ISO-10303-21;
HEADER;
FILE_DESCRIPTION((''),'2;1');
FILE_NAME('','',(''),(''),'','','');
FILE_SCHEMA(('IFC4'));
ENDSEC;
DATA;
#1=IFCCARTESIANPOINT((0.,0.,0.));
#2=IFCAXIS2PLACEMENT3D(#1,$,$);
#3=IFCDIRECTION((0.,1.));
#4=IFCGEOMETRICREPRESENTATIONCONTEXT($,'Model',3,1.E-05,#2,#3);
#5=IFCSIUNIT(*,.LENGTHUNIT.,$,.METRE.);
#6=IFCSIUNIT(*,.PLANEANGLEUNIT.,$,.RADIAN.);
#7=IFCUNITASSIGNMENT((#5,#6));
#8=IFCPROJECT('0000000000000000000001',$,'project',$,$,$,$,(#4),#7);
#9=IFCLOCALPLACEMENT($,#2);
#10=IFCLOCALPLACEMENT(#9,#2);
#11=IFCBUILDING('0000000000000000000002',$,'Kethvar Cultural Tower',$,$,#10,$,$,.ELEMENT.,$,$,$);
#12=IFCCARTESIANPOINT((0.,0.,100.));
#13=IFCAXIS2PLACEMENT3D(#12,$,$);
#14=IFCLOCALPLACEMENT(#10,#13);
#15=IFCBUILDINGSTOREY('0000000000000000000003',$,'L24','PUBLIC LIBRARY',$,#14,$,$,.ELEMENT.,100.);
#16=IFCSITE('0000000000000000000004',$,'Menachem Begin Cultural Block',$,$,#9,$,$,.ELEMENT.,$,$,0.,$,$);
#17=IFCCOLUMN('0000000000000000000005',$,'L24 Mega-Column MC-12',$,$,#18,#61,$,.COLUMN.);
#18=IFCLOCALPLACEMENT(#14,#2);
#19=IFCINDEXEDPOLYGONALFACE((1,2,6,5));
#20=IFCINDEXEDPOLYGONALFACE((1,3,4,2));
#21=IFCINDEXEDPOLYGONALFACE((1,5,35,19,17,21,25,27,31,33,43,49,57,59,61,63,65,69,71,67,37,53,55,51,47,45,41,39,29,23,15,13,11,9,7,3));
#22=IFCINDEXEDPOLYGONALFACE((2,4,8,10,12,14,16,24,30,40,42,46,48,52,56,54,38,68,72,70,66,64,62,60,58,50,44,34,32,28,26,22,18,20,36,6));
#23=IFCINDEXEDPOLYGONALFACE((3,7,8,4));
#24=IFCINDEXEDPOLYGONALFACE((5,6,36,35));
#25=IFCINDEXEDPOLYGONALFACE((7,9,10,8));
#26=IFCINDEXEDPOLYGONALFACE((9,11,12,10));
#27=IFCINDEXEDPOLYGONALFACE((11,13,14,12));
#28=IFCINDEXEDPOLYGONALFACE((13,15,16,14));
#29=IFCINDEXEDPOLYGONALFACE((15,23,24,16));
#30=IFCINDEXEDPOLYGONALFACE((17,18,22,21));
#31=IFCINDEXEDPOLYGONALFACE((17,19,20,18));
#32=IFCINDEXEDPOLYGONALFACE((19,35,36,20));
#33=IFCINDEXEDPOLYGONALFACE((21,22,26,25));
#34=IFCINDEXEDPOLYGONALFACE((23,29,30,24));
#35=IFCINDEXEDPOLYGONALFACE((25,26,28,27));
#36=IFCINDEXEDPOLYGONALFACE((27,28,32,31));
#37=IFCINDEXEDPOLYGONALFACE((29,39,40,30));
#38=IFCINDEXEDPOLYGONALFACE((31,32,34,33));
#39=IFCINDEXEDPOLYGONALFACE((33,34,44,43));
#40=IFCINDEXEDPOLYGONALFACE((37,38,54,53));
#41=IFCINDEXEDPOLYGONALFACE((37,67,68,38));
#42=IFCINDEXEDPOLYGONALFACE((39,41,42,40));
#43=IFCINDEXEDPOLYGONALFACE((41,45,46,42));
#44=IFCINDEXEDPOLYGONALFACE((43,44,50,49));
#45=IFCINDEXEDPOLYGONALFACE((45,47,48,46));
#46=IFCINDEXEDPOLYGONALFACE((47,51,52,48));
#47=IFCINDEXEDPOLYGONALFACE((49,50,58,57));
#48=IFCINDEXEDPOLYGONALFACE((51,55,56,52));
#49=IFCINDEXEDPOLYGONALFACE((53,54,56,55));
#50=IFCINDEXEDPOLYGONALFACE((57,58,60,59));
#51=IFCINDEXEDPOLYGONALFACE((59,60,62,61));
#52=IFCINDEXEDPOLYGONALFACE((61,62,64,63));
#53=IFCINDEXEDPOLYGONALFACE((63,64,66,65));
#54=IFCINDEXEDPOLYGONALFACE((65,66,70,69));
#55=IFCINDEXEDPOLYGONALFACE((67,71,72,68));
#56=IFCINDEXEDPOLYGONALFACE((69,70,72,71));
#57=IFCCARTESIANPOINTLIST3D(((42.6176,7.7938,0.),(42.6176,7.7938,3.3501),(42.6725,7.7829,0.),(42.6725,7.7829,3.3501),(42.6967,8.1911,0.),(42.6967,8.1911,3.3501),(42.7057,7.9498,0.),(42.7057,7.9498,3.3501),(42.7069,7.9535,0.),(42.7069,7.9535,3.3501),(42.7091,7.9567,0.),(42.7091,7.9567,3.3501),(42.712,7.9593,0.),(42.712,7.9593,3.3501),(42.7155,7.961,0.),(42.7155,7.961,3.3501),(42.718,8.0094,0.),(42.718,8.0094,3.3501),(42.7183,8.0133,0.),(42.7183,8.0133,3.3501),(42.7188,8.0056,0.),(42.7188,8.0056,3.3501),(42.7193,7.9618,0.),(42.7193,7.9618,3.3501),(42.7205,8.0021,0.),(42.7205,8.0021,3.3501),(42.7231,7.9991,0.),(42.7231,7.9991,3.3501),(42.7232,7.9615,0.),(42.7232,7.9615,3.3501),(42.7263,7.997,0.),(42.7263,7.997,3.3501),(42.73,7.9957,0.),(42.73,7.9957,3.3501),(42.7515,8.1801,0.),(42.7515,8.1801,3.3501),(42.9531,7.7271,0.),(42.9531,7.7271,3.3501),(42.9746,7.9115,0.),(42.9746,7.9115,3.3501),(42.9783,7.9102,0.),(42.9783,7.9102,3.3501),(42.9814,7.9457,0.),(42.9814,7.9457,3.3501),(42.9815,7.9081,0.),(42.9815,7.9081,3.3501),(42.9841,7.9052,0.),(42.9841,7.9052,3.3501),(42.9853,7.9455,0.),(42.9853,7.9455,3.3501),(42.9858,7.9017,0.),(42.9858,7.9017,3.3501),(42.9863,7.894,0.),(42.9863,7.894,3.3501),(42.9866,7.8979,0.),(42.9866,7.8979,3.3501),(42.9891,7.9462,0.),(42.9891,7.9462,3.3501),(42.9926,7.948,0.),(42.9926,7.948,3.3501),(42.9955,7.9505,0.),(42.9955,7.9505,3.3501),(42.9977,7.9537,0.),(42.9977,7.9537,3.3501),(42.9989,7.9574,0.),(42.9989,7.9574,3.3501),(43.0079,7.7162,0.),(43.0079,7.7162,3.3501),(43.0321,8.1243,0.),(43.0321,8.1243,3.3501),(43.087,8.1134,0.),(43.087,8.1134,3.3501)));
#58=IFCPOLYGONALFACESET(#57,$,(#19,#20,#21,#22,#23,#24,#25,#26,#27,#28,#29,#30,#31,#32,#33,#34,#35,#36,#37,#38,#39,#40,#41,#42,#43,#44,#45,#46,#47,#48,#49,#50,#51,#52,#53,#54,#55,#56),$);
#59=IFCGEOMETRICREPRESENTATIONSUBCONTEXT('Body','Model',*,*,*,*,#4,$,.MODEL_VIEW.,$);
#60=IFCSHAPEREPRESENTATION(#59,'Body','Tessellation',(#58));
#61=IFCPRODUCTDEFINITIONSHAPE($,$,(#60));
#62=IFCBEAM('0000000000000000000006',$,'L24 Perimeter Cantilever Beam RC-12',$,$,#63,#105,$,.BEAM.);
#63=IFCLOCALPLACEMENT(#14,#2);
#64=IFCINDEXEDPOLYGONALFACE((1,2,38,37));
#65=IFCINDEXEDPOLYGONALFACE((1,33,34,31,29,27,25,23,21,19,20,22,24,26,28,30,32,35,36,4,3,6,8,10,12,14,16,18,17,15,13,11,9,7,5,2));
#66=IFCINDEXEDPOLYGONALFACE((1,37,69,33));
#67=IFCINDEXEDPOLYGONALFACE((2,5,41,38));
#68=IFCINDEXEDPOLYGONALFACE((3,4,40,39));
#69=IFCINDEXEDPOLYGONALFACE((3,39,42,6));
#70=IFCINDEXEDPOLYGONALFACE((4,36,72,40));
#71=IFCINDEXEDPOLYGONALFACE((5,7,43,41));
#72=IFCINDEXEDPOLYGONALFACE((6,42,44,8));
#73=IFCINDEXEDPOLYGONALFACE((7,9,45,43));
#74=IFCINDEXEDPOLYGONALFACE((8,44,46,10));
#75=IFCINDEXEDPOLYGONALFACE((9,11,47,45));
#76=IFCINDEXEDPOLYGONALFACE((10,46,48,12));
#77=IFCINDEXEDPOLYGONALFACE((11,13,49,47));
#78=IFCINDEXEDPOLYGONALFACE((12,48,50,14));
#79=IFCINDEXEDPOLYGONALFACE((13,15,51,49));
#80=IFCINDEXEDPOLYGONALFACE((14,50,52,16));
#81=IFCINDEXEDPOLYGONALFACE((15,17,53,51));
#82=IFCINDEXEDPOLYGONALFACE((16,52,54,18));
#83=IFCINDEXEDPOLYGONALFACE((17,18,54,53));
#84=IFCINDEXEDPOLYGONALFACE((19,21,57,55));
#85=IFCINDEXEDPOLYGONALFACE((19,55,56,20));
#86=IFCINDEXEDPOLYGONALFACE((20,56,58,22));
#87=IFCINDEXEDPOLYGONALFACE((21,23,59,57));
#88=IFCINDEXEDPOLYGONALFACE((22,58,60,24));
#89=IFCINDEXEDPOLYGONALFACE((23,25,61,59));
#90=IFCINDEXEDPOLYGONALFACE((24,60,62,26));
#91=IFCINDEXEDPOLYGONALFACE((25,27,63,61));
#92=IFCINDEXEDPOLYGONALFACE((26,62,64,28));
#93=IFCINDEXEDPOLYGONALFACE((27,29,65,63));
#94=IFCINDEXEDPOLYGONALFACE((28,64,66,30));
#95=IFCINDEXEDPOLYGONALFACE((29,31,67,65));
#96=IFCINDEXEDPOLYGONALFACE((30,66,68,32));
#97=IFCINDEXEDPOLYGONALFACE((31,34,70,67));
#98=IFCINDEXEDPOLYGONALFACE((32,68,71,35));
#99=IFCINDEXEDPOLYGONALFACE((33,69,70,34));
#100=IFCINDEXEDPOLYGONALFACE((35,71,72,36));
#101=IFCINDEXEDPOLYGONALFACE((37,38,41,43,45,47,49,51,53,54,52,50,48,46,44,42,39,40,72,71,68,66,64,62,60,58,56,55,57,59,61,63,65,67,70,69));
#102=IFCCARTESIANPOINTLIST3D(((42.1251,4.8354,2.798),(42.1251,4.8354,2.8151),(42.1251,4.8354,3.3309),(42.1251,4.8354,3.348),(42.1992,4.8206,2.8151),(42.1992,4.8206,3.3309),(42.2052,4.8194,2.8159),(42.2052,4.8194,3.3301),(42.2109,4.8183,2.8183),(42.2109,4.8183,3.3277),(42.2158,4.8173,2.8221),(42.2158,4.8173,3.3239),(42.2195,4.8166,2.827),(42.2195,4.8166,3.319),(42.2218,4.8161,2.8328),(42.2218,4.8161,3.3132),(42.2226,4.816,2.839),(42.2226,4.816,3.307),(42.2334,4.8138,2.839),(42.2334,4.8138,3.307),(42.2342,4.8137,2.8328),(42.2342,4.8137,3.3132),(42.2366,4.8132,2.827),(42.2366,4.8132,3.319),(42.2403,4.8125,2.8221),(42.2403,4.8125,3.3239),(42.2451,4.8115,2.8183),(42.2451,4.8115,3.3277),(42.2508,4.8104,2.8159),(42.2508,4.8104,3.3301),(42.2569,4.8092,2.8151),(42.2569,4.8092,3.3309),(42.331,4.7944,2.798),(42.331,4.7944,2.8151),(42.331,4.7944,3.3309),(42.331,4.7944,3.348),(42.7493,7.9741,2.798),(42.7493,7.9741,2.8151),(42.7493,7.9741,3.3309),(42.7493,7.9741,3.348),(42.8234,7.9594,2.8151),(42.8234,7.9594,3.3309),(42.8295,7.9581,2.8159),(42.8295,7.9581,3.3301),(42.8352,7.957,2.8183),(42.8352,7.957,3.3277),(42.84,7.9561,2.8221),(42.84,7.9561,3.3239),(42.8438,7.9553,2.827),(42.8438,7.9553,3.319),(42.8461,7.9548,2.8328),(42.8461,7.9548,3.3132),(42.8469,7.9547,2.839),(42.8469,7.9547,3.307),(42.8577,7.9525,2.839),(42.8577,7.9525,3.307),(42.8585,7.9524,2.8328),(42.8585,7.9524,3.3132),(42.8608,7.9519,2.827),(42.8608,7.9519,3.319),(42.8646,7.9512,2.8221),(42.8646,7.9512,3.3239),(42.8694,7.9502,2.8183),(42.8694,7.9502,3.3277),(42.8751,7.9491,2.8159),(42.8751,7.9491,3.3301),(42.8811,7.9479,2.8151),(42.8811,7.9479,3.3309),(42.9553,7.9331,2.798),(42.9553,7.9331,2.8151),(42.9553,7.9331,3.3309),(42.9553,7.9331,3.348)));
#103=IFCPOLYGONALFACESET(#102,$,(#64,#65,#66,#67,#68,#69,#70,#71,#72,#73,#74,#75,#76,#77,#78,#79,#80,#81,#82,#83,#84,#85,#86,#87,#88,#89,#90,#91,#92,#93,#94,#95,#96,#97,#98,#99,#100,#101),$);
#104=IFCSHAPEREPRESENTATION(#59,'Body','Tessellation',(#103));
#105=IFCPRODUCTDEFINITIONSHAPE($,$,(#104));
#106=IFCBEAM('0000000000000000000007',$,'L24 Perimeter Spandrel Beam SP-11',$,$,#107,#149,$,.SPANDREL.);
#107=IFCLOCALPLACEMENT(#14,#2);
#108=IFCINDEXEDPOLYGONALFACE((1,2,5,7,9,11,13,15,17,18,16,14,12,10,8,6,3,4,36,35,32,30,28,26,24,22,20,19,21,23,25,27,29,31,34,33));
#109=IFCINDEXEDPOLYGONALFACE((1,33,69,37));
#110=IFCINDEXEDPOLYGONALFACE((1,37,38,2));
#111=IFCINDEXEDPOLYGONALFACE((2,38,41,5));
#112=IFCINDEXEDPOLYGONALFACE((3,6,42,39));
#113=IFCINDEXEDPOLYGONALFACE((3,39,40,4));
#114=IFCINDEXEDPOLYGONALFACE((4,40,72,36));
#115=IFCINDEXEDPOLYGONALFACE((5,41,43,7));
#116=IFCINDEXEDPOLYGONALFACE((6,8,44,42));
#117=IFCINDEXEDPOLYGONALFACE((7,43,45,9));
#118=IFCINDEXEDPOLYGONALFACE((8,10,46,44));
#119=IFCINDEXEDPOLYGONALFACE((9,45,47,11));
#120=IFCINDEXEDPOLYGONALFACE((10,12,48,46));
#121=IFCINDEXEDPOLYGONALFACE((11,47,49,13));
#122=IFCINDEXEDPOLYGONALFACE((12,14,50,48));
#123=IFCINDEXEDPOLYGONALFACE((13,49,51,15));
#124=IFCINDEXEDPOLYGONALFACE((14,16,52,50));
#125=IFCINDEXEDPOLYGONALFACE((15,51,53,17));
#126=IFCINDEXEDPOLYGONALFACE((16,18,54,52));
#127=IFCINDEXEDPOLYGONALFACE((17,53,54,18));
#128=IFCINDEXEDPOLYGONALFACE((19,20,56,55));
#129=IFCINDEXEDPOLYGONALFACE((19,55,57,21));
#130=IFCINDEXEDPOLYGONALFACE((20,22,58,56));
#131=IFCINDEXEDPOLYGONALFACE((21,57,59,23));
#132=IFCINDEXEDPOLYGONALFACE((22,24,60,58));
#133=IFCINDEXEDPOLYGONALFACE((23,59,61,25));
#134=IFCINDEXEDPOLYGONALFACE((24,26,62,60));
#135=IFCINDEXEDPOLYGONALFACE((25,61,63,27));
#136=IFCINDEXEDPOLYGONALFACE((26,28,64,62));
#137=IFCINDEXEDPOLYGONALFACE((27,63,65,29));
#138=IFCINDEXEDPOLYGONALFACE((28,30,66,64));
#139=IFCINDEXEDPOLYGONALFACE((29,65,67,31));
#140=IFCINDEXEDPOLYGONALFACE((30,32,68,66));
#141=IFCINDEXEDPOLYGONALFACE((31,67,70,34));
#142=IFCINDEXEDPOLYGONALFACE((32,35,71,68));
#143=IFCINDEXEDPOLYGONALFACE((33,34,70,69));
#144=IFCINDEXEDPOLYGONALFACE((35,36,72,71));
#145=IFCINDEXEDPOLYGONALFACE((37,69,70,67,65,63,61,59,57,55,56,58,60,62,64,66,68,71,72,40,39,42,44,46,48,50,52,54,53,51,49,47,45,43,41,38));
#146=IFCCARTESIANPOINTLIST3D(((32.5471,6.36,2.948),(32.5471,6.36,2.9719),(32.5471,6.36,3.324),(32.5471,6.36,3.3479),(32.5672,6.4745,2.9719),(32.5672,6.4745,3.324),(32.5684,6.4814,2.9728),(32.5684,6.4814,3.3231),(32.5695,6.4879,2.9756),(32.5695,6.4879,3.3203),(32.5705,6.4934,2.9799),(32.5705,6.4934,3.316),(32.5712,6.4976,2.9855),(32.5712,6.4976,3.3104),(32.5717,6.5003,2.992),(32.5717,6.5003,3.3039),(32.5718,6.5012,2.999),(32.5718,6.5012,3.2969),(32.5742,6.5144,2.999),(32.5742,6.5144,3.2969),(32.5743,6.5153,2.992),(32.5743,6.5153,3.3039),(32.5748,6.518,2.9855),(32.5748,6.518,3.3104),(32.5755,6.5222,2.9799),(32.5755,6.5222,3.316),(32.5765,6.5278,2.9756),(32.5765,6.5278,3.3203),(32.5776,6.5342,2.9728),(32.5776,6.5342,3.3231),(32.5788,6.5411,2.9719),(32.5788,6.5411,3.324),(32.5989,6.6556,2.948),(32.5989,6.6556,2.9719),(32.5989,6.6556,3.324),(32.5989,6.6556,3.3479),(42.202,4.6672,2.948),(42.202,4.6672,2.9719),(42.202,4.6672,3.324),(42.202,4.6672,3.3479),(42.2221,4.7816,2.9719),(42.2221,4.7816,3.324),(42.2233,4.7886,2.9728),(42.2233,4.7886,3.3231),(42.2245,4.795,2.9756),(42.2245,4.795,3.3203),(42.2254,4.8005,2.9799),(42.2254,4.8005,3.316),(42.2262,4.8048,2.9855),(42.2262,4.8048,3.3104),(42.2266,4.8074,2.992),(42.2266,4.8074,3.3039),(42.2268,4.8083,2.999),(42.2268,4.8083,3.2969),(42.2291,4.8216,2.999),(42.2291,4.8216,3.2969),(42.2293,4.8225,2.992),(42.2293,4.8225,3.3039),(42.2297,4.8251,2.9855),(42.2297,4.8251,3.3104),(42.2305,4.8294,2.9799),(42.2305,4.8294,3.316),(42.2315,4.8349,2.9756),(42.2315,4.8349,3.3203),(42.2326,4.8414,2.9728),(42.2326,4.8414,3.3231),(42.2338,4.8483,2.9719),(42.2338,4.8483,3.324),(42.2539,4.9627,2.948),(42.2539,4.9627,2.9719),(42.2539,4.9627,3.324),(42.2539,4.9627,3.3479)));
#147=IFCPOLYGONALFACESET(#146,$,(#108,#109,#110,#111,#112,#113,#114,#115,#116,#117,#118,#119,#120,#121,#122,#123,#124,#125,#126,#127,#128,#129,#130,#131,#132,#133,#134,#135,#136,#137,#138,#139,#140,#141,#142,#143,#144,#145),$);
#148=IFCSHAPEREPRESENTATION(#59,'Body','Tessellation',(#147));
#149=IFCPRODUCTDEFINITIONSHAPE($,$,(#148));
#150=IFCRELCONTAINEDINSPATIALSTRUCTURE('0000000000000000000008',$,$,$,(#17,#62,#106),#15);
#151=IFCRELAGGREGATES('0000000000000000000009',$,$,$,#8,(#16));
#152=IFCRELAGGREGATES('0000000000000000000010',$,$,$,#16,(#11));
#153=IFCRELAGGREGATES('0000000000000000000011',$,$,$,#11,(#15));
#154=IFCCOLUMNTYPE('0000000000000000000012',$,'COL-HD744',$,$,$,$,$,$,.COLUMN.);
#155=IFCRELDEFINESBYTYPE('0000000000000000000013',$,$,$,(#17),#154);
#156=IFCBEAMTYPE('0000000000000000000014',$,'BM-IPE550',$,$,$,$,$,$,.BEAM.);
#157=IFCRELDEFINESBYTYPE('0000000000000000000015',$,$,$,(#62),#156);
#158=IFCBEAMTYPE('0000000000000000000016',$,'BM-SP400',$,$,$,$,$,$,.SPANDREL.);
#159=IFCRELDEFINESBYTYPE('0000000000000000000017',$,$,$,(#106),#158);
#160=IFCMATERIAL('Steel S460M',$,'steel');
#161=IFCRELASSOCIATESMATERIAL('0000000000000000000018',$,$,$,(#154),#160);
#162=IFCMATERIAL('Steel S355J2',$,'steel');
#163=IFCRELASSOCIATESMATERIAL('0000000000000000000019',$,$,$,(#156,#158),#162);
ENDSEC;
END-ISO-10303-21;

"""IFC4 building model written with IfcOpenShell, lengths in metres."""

from ifc_helpers import new_model, si_unit, direction, frame, origin, origin_2d, place, context, subcontext, project, spatial, i_section, extrude, source, transform, mapped, material, material_profile, profile_set, type_object, element, save


model = new_model("IFC4")

# Units and contexts
model_context = context("Model", 3, precision=1e-05, world=origin(), true_north=direction((0.0, 1.0)))
body_context = subcontext(model_context, "Body", "Model", "MODEL_VIEW")
ifc_project = project(units=[si_unit("LENGTHUNIT", "METRE"), si_unit("PLANEANGLEUNIT", "RADIAN")], contexts=[model_context])

# Site, building, storey
site_placement = place(None, origin())
site = spatial("IfcSite", under=ifc_project, at=site_placement, Name="Menachem Begin Cultural Block", CompositionType="ELEMENT", RefElevation=0.0)
building_placement = place(site_placement, origin())
building = spatial("IfcBuilding", under=site, at=building_placement, Name="Kethvar Cultural Tower", CompositionType="ELEMENT")
storey_placement = place(building_placement, frame((0.0, 0.0, 100.0)))
storey = spatial("IfcBuildingStorey", under=building, at=storey_placement, Name="L24", Description="PUBLIC LIBRARY", CompositionType="ELEMENT", Elevation=100.0)

# Column
ifc_material_1 = material(Name="Steel S460M", Category="steel")
ifc_material_profile_1 = material_profile(ifc_material_1, i_section(OverallWidth=0.405, OverallDepth=0.3979, WebThickness=0.0349, FlangeThickness=0.0559, FilletRadius=0.0149, at=origin_2d()), Name="Steel S460M — HD400x744")
ifc_profile_set_1 = profile_set([ifc_material_profile_1], Name="Steel S460M — HD400x744")
column_type = type_object("IfcColumnType", Name="COL-HD744", PredefinedType="COLUMN", material=ifc_profile_set_1)
shared_shape_1 = source(origin(), body_context, "Body", "SweptSolid", [
    extrude(i_section(OverallWidth=0.405, OverallDepth=0.3979, WebThickness=0.0349, FlangeThickness=0.0559, FilletRadius=0.0149, at=origin_2d()), origin(), (0.0, 0.0, 1.0), 3.3501),
])
column_placement = place(storey_placement, frame((42.8523, 7.9536, 0.0), z_axis=(0.0, 0.0, 1.0), x_axis=(-0.19509, -0.980785, 0.0)))
element("IfcColumn", 1, at=column_placement, inside=storey, type_object=column_type, Name="L24 Mega-Column MC-12", PredefinedType="COLUMN", context=body_context, shape_type="MappedRepresentation", body=[
    mapped(shared_shape_1, transform((0.0, 0.0, 0.0), scale=1.0)),
])

# Beams
ifc_material_2 = material(Name="Steel S355J2", Category="steel")
ifc_material_profile_2 = material_profile(ifc_material_2, i_section(OverallWidth=0.21, OverallDepth=0.55, WebThickness=0.011, FlangeThickness=0.0171, FilletRadius=0.0239, at=origin_2d()), Name="Steel S355J2 — IPE550")
ifc_profile_set_2 = profile_set([ifc_material_profile_2], Name="Steel S355J2 — IPE550")
beam_type_1 = type_object("IfcBeamType", Name="BM-IPE550", PredefinedType="BEAM", material=ifc_profile_set_2)
shared_shape_2 = source(origin(), body_context, "Body", "SweptSolid", [
    extrude(i_section(OverallWidth=0.21, OverallDepth=0.55, WebThickness=0.011, FlangeThickness=0.0171, FilletRadius=0.0239, at=origin_2d()), origin(), (0.0, 0.0, 1.0), 3.2002),
])
beam_1_placement = place(storey_placement, frame((42.8523, 7.9536, 3.073), z_axis=(-0.195074, -0.980788, 0.0), x_axis=(0.980788, -0.195074, 0.0)))
element("IfcBeam", 2, at=beam_1_placement, inside=storey, type_object=beam_type_1, Name="L24 Perimeter Cantilever Beam RC-12", PredefinedType="BEAM", context=body_context, shape_type="MappedRepresentation", body=[
    mapped(shared_shape_2, transform((0.0, 0.0, 0.0), scale=1.0)),
])
ifc_material_profile_3 = material_profile(ifc_material_2, i_section(OverallWidth=0.3, OverallDepth=0.3999, WebThickness=0.0134, FlangeThickness=0.0239, FilletRadius=0.0271, at=origin_2d()), Name="Steel S355J2 — HEB400")
ifc_profile_set_3 = profile_set([ifc_material_profile_3], Name="Steel S355J2 — HEB400")
beam_type_2 = type_object("IfcBeamType", Name="BM-SP400", PredefinedType="SPANDREL", material=ifc_profile_set_3)
shared_shape_3 = source(origin(), body_context, "Body", "SweptSolid", [
    extrude(i_section(OverallWidth=0.3, OverallDepth=0.3999, WebThickness=0.0134, FlangeThickness=0.0239, FilletRadius=0.0271, at=origin_2d()), origin(), (0.0, 0.0, 1.0), 9.8022),
])
beam_2_placement = place(storey_placement, frame((32.573, 6.5078, 3.1479), z_axis=(0.984974, -0.172701, 0.0), x_axis=(0.172701, 0.984974, 0.0)))
element("IfcBeam", 3, at=beam_2_placement, inside=storey, type_object=beam_type_2, Name="L24 Perimeter Spandrel Beam SP-11", PredefinedType="SPANDREL", context=body_context, shape_type="MappedRepresentation", body=[
    mapped(shared_shape_3, transform((0.0, 0.0, 0.0), scale=1.0)),
])

save(model, "model.ifc")
